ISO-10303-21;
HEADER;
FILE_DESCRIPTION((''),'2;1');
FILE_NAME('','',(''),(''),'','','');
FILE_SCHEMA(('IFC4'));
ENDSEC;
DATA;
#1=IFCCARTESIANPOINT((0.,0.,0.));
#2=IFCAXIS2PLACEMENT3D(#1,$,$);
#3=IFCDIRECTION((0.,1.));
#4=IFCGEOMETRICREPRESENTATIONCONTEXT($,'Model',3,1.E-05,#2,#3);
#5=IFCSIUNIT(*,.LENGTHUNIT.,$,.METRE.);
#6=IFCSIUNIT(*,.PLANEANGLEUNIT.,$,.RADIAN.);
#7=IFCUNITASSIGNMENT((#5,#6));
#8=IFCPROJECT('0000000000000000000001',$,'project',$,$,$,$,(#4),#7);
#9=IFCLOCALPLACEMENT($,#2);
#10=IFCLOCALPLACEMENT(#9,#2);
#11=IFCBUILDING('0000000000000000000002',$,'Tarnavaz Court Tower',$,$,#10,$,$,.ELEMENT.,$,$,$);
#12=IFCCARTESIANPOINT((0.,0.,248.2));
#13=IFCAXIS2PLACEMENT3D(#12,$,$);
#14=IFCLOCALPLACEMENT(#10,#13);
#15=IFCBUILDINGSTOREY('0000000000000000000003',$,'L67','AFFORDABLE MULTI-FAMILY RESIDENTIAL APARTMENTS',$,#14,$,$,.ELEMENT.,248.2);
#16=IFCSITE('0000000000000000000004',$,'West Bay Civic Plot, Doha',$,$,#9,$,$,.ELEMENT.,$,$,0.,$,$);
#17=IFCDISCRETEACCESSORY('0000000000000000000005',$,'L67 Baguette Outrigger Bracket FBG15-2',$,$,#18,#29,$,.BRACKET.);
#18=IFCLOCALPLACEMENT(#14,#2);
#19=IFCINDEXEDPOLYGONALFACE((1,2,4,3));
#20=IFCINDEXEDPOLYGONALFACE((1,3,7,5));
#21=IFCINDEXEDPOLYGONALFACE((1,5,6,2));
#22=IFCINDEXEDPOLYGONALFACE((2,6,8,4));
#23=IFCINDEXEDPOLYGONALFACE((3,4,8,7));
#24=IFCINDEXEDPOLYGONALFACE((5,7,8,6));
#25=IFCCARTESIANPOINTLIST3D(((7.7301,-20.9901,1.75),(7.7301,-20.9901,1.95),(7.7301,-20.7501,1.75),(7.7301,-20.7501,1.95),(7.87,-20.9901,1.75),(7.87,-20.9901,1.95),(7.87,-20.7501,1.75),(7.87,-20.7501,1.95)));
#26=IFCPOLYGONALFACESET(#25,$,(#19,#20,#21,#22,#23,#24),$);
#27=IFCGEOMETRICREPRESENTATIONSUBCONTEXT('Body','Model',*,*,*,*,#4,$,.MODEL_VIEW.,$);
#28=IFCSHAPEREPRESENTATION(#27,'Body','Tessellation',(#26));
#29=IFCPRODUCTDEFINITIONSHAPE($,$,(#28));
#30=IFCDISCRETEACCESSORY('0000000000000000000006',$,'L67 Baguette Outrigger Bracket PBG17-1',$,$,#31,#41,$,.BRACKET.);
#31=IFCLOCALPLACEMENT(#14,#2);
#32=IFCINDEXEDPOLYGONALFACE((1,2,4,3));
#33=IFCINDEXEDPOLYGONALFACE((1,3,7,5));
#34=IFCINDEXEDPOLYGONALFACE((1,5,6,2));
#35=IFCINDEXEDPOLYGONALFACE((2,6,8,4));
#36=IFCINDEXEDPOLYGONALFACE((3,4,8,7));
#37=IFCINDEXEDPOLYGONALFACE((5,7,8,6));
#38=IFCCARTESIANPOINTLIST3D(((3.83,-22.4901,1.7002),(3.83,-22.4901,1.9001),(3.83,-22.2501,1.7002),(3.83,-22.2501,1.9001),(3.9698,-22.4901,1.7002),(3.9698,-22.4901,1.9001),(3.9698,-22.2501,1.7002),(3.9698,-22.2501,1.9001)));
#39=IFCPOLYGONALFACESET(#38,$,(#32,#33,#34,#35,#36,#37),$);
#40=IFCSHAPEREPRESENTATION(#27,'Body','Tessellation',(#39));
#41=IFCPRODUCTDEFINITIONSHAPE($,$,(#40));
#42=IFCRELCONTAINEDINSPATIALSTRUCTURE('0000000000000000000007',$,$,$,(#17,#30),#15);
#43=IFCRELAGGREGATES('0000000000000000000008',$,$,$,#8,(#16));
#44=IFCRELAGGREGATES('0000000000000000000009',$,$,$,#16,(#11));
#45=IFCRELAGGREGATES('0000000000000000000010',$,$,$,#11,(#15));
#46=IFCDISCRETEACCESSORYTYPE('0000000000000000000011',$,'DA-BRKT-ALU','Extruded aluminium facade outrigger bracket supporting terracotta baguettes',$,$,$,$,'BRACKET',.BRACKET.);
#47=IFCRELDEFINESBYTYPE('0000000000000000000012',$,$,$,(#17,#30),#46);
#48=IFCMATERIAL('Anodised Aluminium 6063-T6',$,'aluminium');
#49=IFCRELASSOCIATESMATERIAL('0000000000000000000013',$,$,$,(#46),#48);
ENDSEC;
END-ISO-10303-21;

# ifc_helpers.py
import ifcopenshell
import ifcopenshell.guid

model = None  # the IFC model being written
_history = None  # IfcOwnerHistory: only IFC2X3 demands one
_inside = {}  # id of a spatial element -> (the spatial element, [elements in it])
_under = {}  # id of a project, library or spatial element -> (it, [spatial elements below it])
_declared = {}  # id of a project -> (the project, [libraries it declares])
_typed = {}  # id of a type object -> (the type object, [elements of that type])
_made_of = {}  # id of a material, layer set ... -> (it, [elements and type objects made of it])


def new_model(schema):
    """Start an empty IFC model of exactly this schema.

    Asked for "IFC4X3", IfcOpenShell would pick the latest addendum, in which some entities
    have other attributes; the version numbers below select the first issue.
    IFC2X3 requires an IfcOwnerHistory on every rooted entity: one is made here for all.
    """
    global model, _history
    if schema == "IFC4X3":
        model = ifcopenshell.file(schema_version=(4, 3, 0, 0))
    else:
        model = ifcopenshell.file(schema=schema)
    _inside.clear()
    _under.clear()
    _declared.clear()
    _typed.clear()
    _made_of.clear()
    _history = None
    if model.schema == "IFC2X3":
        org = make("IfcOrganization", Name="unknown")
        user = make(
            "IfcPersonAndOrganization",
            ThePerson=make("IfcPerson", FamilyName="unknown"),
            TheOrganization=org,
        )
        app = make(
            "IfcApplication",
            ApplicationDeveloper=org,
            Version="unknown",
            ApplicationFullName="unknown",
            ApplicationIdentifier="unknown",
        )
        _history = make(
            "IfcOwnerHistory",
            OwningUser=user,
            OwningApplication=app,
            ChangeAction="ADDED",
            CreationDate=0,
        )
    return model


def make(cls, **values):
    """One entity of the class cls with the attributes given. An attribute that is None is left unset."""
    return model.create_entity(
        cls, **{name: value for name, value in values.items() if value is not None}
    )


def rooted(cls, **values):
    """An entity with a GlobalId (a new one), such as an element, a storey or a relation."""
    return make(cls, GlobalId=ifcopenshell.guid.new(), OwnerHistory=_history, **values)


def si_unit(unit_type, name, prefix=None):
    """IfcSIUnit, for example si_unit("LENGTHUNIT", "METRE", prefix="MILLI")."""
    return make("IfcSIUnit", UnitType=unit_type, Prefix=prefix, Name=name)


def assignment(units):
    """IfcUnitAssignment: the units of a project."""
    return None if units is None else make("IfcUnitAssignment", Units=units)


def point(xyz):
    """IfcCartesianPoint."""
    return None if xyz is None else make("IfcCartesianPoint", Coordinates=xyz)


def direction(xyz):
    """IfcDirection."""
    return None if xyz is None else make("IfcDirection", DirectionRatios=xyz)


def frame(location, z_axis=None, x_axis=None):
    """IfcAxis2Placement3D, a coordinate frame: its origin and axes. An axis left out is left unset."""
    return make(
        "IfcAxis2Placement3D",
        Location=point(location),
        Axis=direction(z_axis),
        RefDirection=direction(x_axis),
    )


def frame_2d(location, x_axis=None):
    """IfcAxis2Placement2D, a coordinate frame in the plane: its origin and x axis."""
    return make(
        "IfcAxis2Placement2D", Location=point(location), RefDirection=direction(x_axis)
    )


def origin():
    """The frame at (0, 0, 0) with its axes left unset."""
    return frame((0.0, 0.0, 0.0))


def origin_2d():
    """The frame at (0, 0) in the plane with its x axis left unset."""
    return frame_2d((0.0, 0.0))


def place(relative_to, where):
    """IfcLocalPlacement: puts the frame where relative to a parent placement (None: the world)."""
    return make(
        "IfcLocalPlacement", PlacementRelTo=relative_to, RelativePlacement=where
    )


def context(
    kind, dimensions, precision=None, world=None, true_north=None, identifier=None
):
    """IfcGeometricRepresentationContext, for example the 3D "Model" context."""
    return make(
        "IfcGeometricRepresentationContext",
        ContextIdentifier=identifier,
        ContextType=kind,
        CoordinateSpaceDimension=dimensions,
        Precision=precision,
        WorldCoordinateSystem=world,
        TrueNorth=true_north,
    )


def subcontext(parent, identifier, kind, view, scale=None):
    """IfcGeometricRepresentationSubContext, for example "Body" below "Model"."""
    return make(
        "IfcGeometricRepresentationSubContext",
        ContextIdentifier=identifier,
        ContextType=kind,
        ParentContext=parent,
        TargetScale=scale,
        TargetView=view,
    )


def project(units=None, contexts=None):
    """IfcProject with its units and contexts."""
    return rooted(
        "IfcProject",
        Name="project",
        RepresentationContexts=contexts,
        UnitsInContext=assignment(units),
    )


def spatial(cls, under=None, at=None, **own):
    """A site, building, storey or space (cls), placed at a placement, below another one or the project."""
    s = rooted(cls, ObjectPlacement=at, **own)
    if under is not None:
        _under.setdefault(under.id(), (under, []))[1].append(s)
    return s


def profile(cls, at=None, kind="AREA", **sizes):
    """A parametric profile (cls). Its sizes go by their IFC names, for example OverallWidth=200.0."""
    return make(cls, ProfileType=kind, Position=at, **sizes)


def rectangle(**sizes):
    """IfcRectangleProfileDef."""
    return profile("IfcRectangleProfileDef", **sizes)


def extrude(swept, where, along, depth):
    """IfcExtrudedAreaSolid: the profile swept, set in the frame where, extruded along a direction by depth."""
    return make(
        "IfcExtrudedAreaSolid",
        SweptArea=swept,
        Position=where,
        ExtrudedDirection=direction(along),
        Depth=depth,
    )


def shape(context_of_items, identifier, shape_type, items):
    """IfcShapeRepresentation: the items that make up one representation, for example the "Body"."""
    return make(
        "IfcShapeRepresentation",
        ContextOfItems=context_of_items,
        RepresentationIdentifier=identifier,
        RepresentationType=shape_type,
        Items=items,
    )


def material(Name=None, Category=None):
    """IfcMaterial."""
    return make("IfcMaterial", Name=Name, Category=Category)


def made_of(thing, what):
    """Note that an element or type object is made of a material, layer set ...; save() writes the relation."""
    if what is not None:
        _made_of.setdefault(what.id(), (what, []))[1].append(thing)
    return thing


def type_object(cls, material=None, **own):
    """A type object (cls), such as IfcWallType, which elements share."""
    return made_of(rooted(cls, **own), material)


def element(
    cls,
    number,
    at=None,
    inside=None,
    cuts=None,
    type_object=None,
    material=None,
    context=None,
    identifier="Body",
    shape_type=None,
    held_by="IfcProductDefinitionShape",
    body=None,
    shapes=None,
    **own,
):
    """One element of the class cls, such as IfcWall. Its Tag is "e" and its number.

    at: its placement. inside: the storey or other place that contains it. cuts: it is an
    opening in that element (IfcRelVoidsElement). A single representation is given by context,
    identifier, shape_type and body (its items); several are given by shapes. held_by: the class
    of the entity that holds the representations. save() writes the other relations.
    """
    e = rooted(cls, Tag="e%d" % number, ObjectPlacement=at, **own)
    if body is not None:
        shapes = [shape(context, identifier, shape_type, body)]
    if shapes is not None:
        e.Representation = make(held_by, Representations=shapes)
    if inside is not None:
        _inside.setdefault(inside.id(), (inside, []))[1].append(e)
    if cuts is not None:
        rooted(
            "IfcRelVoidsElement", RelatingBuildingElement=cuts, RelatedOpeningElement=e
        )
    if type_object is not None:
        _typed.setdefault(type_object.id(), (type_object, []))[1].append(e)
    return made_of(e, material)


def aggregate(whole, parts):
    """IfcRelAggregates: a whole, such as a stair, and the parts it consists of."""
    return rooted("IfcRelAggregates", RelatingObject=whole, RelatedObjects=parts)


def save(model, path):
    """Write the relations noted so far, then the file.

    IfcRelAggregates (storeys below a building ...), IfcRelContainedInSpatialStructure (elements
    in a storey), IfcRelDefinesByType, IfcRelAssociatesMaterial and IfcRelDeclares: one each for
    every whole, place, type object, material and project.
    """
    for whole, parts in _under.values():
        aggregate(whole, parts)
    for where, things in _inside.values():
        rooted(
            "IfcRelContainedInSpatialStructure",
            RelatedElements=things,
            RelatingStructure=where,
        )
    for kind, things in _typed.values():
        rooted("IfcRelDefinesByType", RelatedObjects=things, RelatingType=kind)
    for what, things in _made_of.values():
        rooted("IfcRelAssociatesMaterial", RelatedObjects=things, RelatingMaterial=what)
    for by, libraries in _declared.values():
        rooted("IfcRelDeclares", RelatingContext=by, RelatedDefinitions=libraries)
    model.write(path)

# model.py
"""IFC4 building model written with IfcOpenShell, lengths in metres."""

from ifc_helpers import new_model, si_unit, direction, frame, origin, origin_2d, place, context, subcontext, project, spatial, rectangle, extrude, material, type_object, element, save


model = new_model("IFC4")

# Units and contexts
model_context = context("Model", 3, precision=1e-05, world=origin(), true_north=direction((0.0, 1.0)))
body_context = subcontext(model_context, "Body", "Model", "MODEL_VIEW")
ifc_project = project(units=[si_unit("LENGTHUNIT", "METRE"), si_unit("PLANEANGLEUNIT", "RADIAN")], contexts=[model_context])

# Site, building, storey
site_placement = place(None, origin())
site = spatial("IfcSite", under=ifc_project, at=site_placement, Name="West Bay Civic Plot, Doha", CompositionType="ELEMENT", RefElevation=0.0)
building_placement = place(site_placement, origin())
building = spatial("IfcBuilding", under=site, at=building_placement, Name="Tarnavaz Court Tower", CompositionType="ELEMENT")
storey_placement = place(building_placement, frame((0.0, 0.0, 248.2)))
storey = spatial("IfcBuildingStorey", under=building, at=storey_placement, Name="L67", Description="AFFORDABLE MULTI-FAMILY RESIDENTIAL APARTMENTS", CompositionType="ELEMENT", Elevation=248.2)

# Shared definitions
ifc_material_1 = material(Name="Anodised Aluminium 6063-T6", Category="aluminium")

# Discrete accessories
discrete_accessory_type = type_object("IfcDiscreteAccessoryType", Name="DA-BRKT-ALU", Description="Extruded aluminium facade outrigger bracket supporting terracotta baguettes", ElementType="BRACKET", PredefinedType="BRACKET", material=ifc_material_1)
for number, where, z_axis, x_axis, name in (
    (1, (7.8, -20.8701, 1.75), (0.0, 0.0, 1.0), (-1.0, 0.0, 0.0), "L67 Baguette Outrigger Bracket FBG15-2"),
    (2, (3.8999, -22.3701, 1.7002), (0.0, 0.0, 1.0), (-1.0, 0.0, 0.0), "L67 Baguette Outrigger Bracket PBG17-1"),
):
    element("IfcDiscreteAccessory", number, at=place(storey_placement, frame(where, z_axis=z_axis, x_axis=x_axis)), inside=storey, type_object=discrete_accessory_type, Name=name, PredefinedType="BRACKET", context=body_context, shape_type="SweptSolid", body=[
        extrude(rectangle(XDim=0.1399, YDim=0.24, at=origin_2d()), origin(), (0.0, 0.0, 1.0), 0.2),
    ])

save(model, "model.ifc")
